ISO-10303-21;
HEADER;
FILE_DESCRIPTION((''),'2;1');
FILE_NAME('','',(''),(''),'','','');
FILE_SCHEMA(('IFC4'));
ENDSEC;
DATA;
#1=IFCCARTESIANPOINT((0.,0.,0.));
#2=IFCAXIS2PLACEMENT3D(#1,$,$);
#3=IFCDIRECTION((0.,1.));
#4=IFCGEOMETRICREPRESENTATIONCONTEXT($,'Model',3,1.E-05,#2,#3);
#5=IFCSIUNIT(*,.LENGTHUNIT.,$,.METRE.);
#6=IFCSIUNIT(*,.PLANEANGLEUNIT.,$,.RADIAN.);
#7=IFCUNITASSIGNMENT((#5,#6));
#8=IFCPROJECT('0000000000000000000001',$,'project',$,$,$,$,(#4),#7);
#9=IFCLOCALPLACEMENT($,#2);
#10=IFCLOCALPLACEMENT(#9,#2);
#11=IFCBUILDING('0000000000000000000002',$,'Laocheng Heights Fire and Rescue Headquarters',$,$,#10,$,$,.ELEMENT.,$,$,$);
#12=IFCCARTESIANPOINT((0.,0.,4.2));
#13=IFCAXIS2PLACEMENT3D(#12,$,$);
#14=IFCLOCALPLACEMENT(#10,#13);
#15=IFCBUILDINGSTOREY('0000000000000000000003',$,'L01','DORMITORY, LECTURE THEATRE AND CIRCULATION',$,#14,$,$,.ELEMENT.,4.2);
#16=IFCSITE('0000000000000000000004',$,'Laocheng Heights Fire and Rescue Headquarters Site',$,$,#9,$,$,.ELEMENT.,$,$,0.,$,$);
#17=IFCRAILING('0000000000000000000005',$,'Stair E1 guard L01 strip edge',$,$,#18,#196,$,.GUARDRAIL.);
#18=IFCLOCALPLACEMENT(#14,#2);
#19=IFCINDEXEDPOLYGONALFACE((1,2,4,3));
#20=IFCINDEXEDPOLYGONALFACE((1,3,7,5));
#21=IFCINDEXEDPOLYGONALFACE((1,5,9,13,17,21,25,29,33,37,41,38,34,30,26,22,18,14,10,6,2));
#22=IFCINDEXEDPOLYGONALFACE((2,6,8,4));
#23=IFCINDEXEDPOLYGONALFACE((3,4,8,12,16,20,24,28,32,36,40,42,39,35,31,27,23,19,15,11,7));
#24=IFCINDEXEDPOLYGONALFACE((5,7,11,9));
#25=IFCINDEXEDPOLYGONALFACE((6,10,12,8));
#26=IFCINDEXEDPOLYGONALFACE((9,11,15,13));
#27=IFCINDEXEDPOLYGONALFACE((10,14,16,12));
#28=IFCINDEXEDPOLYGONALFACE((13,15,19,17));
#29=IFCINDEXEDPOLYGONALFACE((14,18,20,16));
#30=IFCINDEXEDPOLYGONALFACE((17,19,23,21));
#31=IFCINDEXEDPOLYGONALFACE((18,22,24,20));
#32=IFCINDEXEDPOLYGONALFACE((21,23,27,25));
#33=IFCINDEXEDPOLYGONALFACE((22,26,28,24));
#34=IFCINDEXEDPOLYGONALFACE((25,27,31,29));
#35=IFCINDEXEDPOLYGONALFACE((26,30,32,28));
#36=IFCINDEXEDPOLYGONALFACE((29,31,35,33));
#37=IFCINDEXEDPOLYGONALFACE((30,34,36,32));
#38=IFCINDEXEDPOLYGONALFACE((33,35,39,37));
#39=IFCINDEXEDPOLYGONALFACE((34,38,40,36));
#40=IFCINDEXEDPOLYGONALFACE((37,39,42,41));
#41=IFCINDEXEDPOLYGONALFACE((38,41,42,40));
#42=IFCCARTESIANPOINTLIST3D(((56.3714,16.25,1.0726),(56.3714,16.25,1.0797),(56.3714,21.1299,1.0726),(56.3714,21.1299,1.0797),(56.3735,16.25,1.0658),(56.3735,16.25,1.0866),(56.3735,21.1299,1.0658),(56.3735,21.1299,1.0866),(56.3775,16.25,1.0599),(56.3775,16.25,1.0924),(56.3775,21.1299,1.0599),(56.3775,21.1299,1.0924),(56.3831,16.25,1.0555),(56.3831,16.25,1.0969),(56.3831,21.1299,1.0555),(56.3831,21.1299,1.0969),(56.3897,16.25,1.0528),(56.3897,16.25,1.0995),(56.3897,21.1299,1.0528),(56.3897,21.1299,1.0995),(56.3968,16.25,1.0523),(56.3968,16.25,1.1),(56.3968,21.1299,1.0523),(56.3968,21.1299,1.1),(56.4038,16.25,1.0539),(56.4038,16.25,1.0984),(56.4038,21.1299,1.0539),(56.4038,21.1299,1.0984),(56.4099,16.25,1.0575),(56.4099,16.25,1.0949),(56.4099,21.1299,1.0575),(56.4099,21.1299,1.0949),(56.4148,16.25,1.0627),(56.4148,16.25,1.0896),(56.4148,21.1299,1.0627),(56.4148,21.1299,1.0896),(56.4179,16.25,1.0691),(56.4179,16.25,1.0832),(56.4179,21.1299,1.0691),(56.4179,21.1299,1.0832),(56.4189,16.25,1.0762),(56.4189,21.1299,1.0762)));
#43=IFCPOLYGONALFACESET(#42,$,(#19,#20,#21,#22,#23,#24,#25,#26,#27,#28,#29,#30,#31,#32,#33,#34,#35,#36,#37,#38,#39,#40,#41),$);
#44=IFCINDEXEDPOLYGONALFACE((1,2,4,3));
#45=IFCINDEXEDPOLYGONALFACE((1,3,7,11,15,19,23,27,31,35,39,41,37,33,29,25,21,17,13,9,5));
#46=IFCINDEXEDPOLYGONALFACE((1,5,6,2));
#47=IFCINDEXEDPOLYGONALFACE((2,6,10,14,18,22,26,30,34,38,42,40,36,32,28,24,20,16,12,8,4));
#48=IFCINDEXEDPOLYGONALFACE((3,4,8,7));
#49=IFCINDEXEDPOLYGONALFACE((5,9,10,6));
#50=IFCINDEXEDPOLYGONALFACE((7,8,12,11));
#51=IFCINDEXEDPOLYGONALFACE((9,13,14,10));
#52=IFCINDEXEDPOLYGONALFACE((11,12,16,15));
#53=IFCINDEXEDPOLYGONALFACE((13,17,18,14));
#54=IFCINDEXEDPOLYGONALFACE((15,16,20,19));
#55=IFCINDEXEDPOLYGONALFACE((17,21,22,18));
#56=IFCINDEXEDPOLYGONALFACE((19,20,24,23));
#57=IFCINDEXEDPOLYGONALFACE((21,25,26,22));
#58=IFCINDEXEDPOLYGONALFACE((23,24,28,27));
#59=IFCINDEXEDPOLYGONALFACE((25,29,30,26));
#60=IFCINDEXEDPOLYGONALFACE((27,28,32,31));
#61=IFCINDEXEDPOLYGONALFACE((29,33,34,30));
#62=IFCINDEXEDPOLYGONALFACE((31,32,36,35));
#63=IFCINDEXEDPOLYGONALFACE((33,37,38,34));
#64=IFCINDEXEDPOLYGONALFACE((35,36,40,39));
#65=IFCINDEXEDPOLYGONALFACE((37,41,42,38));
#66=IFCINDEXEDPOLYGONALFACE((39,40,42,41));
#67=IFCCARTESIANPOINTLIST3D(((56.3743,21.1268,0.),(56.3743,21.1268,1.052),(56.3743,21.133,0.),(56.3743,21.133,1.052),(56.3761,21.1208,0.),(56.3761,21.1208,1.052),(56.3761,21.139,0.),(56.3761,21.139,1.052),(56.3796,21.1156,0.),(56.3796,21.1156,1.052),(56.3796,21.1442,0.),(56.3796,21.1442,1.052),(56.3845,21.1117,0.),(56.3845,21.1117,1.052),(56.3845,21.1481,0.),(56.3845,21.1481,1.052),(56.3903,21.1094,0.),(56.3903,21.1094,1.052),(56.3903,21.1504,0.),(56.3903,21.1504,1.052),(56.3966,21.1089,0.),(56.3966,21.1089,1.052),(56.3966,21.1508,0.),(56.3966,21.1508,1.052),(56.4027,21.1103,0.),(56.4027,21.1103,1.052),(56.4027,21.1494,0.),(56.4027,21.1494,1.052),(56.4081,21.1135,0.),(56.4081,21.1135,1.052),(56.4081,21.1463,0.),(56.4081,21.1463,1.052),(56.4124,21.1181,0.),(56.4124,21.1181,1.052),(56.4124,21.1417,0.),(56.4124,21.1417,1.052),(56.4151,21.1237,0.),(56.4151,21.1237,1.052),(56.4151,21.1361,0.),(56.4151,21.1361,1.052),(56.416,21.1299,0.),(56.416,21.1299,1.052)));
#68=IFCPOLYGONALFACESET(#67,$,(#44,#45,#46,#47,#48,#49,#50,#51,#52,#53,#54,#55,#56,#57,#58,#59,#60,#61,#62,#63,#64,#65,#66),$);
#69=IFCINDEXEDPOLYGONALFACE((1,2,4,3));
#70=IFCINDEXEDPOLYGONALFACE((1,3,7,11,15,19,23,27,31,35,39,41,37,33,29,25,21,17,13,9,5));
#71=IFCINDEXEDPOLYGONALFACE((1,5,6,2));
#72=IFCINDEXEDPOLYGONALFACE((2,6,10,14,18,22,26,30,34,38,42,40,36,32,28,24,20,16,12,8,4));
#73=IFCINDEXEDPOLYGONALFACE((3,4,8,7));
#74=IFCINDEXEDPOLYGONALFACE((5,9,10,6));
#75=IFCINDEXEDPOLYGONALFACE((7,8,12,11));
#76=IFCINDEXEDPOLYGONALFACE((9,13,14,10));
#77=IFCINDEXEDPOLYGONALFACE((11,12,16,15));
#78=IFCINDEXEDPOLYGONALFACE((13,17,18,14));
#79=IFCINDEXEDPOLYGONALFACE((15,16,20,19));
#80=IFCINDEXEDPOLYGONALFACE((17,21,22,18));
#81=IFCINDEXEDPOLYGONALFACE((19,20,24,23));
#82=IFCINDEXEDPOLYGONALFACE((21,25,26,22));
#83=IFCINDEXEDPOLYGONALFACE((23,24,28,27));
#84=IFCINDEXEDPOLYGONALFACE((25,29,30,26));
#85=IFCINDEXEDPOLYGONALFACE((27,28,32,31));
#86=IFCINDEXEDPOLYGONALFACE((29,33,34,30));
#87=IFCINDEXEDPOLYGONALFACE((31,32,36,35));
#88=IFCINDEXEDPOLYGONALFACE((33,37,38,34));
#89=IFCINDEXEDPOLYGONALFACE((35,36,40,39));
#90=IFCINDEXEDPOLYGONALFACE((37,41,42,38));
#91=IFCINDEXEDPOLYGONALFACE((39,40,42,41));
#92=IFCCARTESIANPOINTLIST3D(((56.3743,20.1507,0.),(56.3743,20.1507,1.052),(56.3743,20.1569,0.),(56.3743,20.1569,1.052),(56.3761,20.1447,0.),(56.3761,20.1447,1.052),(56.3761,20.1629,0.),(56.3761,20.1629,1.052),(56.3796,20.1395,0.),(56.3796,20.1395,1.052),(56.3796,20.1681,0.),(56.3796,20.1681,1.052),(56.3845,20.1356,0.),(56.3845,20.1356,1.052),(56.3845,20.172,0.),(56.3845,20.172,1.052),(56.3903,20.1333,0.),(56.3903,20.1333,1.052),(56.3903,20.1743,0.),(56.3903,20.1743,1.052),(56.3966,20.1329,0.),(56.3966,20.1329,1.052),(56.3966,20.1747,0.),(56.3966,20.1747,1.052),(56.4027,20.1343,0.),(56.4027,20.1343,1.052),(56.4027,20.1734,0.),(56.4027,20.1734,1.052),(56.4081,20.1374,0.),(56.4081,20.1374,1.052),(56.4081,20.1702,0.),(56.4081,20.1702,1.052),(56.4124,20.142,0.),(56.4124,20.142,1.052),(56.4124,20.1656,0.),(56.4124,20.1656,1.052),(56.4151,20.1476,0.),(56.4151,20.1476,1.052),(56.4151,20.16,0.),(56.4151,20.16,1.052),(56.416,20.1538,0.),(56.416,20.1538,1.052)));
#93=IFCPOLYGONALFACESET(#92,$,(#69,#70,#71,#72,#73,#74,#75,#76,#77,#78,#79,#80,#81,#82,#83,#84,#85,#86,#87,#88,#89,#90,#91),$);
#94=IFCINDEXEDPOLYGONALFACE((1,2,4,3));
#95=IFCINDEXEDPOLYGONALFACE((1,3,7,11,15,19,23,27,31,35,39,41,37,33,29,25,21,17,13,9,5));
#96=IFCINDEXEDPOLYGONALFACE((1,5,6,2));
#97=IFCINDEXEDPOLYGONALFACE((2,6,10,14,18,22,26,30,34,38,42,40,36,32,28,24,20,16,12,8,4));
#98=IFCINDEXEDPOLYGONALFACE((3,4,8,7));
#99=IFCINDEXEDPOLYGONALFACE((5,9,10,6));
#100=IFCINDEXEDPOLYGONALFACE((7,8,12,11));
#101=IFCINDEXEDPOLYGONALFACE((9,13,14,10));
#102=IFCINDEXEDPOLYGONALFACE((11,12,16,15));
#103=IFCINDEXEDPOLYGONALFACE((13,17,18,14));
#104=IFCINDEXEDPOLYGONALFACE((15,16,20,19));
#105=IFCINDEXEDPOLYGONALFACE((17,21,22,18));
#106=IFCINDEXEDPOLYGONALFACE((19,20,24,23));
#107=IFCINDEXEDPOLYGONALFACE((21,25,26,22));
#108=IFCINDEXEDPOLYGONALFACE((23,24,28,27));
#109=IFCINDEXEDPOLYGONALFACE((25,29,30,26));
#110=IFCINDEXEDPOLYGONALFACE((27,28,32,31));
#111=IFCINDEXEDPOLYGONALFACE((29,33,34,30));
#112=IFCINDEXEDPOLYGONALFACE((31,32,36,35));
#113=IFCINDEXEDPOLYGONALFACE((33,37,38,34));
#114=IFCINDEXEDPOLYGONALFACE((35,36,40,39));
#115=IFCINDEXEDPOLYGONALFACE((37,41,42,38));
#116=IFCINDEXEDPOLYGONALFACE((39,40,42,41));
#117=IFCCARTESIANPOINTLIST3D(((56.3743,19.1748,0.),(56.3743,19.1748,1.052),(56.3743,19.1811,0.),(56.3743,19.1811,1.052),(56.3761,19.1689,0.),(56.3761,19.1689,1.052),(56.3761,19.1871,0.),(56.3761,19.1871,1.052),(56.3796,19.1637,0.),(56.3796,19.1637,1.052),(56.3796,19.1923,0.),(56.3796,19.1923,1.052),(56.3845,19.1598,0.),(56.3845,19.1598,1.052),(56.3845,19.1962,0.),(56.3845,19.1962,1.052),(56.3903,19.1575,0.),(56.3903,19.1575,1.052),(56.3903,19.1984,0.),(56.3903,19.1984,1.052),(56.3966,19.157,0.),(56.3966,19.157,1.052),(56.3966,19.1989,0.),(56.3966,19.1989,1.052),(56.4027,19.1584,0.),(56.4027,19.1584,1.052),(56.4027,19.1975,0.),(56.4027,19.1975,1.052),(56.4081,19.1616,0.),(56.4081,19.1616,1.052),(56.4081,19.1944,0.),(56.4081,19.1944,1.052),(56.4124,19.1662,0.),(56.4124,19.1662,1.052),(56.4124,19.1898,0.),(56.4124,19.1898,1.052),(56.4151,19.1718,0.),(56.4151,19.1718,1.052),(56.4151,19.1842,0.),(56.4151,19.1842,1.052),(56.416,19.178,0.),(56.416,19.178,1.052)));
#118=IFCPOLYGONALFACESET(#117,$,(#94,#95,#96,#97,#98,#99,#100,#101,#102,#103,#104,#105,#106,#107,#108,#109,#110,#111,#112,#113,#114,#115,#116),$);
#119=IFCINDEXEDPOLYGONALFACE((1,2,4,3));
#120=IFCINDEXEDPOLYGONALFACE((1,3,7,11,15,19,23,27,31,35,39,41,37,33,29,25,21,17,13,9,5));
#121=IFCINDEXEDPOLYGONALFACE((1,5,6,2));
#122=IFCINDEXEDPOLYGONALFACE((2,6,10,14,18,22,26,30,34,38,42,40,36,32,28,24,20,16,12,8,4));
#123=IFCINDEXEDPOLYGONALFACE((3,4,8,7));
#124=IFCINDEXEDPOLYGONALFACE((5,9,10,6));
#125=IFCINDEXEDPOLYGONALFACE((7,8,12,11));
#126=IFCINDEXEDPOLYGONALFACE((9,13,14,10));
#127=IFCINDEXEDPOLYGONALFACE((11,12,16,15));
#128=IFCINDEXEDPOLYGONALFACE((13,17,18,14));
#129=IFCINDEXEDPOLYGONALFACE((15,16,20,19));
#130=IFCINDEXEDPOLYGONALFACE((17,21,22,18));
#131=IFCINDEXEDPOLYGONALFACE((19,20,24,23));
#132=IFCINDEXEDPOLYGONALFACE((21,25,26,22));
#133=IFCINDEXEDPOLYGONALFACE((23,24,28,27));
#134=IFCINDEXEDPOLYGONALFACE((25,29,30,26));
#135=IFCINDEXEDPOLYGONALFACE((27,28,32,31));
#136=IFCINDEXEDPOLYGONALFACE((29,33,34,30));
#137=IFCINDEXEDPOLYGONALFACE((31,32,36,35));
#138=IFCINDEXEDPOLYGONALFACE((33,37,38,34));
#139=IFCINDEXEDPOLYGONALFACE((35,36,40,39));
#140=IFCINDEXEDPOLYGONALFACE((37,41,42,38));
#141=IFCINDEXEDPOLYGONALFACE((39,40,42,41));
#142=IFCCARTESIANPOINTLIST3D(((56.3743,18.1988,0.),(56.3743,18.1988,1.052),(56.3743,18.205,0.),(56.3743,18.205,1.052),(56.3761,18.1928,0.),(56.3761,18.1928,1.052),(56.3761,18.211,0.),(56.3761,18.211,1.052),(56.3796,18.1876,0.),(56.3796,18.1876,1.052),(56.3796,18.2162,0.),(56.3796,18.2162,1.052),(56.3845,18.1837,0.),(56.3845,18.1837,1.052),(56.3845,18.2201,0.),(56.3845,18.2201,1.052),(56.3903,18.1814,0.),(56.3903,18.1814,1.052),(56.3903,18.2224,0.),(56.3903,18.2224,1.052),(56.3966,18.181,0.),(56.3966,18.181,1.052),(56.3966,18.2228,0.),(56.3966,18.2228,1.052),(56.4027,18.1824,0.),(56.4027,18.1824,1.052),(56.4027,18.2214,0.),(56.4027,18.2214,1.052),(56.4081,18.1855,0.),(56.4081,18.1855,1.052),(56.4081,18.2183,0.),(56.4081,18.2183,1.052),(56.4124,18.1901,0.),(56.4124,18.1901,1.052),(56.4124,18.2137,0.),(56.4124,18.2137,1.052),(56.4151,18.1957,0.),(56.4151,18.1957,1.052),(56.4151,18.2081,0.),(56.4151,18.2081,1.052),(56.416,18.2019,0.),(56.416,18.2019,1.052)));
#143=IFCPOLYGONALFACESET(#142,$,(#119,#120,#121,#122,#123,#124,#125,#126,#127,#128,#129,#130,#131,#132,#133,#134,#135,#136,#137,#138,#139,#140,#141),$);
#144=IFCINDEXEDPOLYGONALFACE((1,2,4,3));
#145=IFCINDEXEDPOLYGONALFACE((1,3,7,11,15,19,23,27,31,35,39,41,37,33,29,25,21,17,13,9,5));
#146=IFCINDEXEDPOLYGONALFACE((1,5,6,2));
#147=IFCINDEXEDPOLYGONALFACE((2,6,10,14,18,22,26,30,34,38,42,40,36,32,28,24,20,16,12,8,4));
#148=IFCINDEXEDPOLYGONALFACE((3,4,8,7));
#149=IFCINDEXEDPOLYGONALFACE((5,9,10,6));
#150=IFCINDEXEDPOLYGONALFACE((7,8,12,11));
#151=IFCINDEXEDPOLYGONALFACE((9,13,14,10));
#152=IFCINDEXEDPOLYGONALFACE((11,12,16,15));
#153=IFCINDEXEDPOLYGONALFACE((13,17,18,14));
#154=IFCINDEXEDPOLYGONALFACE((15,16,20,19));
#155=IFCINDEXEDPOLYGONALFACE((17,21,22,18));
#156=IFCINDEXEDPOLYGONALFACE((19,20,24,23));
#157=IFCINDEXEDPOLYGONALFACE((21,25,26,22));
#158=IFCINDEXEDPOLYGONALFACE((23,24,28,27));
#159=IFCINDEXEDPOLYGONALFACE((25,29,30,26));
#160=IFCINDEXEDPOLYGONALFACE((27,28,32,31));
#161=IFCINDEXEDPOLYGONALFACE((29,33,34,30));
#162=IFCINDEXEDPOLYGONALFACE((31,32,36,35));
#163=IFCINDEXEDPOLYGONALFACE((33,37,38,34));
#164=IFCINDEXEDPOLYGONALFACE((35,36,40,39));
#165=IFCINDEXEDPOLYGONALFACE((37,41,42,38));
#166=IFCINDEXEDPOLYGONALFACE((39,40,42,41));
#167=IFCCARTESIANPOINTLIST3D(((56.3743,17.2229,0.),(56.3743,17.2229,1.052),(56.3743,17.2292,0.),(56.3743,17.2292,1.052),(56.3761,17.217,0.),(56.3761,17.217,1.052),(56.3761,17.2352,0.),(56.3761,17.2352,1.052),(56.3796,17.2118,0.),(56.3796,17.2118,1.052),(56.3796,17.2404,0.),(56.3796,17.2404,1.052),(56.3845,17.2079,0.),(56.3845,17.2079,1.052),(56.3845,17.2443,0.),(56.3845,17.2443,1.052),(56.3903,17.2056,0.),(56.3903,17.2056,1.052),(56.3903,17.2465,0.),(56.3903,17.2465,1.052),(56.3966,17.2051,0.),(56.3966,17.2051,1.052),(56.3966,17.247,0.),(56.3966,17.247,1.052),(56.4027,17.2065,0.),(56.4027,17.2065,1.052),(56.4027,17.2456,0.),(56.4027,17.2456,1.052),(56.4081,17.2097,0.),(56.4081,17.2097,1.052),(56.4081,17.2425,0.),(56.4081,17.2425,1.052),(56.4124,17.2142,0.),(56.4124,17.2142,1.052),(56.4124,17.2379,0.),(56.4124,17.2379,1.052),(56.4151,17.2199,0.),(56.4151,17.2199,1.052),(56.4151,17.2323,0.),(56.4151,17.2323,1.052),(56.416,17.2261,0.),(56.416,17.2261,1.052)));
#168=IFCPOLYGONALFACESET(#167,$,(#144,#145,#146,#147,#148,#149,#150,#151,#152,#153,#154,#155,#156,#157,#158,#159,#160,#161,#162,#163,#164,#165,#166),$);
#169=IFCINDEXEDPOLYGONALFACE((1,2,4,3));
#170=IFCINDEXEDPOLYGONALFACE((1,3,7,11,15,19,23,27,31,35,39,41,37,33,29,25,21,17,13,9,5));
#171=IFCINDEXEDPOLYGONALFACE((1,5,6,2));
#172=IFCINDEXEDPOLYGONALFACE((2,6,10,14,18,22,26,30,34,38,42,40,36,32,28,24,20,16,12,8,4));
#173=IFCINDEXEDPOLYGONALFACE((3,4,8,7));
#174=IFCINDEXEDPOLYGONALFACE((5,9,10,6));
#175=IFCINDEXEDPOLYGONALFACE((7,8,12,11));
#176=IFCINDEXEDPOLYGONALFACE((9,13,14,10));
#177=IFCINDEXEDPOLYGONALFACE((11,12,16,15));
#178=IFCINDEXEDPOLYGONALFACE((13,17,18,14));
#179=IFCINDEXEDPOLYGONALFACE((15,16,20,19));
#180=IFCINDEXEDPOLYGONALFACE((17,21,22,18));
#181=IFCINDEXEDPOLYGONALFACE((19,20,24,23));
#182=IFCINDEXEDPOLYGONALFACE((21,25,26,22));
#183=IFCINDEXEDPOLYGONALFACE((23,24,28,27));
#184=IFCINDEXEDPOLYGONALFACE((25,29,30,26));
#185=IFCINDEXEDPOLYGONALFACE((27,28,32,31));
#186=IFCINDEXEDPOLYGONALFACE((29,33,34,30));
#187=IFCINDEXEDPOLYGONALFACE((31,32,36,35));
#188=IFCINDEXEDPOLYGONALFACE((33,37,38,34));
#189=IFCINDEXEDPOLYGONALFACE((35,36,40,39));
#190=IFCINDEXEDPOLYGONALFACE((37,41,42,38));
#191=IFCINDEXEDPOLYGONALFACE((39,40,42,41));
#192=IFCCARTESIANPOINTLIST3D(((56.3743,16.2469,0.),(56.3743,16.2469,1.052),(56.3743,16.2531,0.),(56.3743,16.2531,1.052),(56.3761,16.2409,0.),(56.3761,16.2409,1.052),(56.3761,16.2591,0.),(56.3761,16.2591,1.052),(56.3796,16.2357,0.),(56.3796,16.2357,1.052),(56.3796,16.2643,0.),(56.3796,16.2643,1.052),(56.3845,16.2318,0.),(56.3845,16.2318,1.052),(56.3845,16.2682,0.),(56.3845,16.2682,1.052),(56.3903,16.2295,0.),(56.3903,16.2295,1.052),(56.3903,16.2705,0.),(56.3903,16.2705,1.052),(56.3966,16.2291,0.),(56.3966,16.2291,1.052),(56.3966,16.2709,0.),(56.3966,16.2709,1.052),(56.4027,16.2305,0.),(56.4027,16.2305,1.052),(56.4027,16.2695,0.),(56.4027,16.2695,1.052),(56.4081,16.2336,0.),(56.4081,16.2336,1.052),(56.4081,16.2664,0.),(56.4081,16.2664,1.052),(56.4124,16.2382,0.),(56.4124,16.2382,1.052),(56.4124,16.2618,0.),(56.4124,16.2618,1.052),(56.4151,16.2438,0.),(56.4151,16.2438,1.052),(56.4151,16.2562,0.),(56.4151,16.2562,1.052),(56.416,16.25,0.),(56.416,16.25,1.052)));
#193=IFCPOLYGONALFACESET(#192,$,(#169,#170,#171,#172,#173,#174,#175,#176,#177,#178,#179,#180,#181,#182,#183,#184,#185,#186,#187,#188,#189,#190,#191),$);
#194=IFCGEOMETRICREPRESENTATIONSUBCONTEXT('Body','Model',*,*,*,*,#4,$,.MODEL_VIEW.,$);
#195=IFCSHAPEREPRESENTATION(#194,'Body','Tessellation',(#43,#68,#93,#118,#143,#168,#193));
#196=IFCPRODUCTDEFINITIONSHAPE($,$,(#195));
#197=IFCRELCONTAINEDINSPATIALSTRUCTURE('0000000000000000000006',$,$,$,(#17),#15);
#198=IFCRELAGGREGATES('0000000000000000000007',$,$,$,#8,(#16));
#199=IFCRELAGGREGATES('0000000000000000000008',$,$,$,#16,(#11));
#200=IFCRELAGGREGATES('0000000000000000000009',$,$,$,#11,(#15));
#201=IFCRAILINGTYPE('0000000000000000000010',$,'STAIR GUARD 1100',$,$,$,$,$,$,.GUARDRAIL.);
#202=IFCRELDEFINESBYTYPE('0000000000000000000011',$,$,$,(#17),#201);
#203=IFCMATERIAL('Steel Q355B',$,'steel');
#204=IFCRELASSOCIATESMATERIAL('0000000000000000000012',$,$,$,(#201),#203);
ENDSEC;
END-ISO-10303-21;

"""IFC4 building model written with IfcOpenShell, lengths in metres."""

from ifc_helpers import new_model, si_unit, direction, frame, origin, origin_2d, place, context, subcontext, project, spatial, circle, extrude, material, type_object, element, save


model = new_model("IFC4")

# Units and contexts
model_context = context("Model", 3, precision=1e-05, world=origin(), true_north=direction((0.0, 1.0)))
body_context = subcontext(model_context, "Body", "Model", "MODEL_VIEW")
ifc_project = project(units=[si_unit("LENGTHUNIT", "METRE"), si_unit("PLANEANGLEUNIT", "RADIAN")], contexts=[model_context])

# Site, building, storey
site_placement = place(None, origin())
site = spatial("IfcSite", under=ifc_project, at=site_placement, Name="Laocheng Heights Fire and Rescue Headquarters Site", CompositionType="ELEMENT", RefElevation=0.0)
building_placement = place(site_placement, origin())
building = spatial("IfcBuilding", under=site, at=building_placement, Name="Laocheng Heights Fire and Rescue Headquarters", CompositionType="ELEMENT")
storey_placement = place(building_placement, frame((0.0, 0.0, 4.2)))
storey = spatial("IfcBuildingStorey", under=building, at=storey_placement, Name="L01", Description="DORMITORY, LECTURE THEATRE AND CIRCULATION", CompositionType="ELEMENT", Elevation=4.2)

# Railing
ifc_material_1 = material(Name="Steel Q355B", Category="steel")
railing_type_1 = type_object("IfcRailingType", Name="STAIR GUARD 1100", PredefinedType="GUARDRAIL", material=ifc_material_1)
railing_1_placement = place(storey_placement, frame((56.395, 21.1299, 0.0)))
element("IfcRailing", 1, at=railing_1_placement, inside=storey, type_object=railing_type_1, Name="Stair E1 guard L01 strip edge", PredefinedType="GUARDRAIL", context=body_context, shape_type="SweptSolid", body=[
    extrude(circle(Radius=0.0239, at=origin_2d()), frame((0.0, 0.0, 1.0762), z_axis=(0.0, -1.0, 0.0), x_axis=(1.0, 0.0, 0.0)), (0.0, 0.0, 1.0), 4.8799),
    extrude(circle(Radius=0.021, at=origin_2d()), origin(), (0.0, 0.0, 1.0), 1.052),
    extrude(circle(Radius=0.021, at=origin_2d()), frame((0.0, -0.9761, 0.0)), (0.0, 0.0, 1.0), 1.052),
    extrude(circle(Radius=0.021, at=origin_2d()), frame((0.0, -1.9519, 0.0)), (0.0, 0.0, 1.0), 1.052),
    extrude(circle(Radius=0.021, at=origin_2d()), frame((0.0, -2.928, 0.0)), (0.0, 0.0, 1.0), 1.052),
    extrude(circle(Radius=0.021, at=origin_2d()), frame((0.0, -3.9038, 0.0)), (0.0, 0.0, 1.0), 1.052),
    extrude(circle(Radius=0.021, at=origin_2d()), frame((0.0, -4.8799, 0.0)), (0.0, 0.0, 1.0), 1.052),
])

save(model, "model.ifc")
